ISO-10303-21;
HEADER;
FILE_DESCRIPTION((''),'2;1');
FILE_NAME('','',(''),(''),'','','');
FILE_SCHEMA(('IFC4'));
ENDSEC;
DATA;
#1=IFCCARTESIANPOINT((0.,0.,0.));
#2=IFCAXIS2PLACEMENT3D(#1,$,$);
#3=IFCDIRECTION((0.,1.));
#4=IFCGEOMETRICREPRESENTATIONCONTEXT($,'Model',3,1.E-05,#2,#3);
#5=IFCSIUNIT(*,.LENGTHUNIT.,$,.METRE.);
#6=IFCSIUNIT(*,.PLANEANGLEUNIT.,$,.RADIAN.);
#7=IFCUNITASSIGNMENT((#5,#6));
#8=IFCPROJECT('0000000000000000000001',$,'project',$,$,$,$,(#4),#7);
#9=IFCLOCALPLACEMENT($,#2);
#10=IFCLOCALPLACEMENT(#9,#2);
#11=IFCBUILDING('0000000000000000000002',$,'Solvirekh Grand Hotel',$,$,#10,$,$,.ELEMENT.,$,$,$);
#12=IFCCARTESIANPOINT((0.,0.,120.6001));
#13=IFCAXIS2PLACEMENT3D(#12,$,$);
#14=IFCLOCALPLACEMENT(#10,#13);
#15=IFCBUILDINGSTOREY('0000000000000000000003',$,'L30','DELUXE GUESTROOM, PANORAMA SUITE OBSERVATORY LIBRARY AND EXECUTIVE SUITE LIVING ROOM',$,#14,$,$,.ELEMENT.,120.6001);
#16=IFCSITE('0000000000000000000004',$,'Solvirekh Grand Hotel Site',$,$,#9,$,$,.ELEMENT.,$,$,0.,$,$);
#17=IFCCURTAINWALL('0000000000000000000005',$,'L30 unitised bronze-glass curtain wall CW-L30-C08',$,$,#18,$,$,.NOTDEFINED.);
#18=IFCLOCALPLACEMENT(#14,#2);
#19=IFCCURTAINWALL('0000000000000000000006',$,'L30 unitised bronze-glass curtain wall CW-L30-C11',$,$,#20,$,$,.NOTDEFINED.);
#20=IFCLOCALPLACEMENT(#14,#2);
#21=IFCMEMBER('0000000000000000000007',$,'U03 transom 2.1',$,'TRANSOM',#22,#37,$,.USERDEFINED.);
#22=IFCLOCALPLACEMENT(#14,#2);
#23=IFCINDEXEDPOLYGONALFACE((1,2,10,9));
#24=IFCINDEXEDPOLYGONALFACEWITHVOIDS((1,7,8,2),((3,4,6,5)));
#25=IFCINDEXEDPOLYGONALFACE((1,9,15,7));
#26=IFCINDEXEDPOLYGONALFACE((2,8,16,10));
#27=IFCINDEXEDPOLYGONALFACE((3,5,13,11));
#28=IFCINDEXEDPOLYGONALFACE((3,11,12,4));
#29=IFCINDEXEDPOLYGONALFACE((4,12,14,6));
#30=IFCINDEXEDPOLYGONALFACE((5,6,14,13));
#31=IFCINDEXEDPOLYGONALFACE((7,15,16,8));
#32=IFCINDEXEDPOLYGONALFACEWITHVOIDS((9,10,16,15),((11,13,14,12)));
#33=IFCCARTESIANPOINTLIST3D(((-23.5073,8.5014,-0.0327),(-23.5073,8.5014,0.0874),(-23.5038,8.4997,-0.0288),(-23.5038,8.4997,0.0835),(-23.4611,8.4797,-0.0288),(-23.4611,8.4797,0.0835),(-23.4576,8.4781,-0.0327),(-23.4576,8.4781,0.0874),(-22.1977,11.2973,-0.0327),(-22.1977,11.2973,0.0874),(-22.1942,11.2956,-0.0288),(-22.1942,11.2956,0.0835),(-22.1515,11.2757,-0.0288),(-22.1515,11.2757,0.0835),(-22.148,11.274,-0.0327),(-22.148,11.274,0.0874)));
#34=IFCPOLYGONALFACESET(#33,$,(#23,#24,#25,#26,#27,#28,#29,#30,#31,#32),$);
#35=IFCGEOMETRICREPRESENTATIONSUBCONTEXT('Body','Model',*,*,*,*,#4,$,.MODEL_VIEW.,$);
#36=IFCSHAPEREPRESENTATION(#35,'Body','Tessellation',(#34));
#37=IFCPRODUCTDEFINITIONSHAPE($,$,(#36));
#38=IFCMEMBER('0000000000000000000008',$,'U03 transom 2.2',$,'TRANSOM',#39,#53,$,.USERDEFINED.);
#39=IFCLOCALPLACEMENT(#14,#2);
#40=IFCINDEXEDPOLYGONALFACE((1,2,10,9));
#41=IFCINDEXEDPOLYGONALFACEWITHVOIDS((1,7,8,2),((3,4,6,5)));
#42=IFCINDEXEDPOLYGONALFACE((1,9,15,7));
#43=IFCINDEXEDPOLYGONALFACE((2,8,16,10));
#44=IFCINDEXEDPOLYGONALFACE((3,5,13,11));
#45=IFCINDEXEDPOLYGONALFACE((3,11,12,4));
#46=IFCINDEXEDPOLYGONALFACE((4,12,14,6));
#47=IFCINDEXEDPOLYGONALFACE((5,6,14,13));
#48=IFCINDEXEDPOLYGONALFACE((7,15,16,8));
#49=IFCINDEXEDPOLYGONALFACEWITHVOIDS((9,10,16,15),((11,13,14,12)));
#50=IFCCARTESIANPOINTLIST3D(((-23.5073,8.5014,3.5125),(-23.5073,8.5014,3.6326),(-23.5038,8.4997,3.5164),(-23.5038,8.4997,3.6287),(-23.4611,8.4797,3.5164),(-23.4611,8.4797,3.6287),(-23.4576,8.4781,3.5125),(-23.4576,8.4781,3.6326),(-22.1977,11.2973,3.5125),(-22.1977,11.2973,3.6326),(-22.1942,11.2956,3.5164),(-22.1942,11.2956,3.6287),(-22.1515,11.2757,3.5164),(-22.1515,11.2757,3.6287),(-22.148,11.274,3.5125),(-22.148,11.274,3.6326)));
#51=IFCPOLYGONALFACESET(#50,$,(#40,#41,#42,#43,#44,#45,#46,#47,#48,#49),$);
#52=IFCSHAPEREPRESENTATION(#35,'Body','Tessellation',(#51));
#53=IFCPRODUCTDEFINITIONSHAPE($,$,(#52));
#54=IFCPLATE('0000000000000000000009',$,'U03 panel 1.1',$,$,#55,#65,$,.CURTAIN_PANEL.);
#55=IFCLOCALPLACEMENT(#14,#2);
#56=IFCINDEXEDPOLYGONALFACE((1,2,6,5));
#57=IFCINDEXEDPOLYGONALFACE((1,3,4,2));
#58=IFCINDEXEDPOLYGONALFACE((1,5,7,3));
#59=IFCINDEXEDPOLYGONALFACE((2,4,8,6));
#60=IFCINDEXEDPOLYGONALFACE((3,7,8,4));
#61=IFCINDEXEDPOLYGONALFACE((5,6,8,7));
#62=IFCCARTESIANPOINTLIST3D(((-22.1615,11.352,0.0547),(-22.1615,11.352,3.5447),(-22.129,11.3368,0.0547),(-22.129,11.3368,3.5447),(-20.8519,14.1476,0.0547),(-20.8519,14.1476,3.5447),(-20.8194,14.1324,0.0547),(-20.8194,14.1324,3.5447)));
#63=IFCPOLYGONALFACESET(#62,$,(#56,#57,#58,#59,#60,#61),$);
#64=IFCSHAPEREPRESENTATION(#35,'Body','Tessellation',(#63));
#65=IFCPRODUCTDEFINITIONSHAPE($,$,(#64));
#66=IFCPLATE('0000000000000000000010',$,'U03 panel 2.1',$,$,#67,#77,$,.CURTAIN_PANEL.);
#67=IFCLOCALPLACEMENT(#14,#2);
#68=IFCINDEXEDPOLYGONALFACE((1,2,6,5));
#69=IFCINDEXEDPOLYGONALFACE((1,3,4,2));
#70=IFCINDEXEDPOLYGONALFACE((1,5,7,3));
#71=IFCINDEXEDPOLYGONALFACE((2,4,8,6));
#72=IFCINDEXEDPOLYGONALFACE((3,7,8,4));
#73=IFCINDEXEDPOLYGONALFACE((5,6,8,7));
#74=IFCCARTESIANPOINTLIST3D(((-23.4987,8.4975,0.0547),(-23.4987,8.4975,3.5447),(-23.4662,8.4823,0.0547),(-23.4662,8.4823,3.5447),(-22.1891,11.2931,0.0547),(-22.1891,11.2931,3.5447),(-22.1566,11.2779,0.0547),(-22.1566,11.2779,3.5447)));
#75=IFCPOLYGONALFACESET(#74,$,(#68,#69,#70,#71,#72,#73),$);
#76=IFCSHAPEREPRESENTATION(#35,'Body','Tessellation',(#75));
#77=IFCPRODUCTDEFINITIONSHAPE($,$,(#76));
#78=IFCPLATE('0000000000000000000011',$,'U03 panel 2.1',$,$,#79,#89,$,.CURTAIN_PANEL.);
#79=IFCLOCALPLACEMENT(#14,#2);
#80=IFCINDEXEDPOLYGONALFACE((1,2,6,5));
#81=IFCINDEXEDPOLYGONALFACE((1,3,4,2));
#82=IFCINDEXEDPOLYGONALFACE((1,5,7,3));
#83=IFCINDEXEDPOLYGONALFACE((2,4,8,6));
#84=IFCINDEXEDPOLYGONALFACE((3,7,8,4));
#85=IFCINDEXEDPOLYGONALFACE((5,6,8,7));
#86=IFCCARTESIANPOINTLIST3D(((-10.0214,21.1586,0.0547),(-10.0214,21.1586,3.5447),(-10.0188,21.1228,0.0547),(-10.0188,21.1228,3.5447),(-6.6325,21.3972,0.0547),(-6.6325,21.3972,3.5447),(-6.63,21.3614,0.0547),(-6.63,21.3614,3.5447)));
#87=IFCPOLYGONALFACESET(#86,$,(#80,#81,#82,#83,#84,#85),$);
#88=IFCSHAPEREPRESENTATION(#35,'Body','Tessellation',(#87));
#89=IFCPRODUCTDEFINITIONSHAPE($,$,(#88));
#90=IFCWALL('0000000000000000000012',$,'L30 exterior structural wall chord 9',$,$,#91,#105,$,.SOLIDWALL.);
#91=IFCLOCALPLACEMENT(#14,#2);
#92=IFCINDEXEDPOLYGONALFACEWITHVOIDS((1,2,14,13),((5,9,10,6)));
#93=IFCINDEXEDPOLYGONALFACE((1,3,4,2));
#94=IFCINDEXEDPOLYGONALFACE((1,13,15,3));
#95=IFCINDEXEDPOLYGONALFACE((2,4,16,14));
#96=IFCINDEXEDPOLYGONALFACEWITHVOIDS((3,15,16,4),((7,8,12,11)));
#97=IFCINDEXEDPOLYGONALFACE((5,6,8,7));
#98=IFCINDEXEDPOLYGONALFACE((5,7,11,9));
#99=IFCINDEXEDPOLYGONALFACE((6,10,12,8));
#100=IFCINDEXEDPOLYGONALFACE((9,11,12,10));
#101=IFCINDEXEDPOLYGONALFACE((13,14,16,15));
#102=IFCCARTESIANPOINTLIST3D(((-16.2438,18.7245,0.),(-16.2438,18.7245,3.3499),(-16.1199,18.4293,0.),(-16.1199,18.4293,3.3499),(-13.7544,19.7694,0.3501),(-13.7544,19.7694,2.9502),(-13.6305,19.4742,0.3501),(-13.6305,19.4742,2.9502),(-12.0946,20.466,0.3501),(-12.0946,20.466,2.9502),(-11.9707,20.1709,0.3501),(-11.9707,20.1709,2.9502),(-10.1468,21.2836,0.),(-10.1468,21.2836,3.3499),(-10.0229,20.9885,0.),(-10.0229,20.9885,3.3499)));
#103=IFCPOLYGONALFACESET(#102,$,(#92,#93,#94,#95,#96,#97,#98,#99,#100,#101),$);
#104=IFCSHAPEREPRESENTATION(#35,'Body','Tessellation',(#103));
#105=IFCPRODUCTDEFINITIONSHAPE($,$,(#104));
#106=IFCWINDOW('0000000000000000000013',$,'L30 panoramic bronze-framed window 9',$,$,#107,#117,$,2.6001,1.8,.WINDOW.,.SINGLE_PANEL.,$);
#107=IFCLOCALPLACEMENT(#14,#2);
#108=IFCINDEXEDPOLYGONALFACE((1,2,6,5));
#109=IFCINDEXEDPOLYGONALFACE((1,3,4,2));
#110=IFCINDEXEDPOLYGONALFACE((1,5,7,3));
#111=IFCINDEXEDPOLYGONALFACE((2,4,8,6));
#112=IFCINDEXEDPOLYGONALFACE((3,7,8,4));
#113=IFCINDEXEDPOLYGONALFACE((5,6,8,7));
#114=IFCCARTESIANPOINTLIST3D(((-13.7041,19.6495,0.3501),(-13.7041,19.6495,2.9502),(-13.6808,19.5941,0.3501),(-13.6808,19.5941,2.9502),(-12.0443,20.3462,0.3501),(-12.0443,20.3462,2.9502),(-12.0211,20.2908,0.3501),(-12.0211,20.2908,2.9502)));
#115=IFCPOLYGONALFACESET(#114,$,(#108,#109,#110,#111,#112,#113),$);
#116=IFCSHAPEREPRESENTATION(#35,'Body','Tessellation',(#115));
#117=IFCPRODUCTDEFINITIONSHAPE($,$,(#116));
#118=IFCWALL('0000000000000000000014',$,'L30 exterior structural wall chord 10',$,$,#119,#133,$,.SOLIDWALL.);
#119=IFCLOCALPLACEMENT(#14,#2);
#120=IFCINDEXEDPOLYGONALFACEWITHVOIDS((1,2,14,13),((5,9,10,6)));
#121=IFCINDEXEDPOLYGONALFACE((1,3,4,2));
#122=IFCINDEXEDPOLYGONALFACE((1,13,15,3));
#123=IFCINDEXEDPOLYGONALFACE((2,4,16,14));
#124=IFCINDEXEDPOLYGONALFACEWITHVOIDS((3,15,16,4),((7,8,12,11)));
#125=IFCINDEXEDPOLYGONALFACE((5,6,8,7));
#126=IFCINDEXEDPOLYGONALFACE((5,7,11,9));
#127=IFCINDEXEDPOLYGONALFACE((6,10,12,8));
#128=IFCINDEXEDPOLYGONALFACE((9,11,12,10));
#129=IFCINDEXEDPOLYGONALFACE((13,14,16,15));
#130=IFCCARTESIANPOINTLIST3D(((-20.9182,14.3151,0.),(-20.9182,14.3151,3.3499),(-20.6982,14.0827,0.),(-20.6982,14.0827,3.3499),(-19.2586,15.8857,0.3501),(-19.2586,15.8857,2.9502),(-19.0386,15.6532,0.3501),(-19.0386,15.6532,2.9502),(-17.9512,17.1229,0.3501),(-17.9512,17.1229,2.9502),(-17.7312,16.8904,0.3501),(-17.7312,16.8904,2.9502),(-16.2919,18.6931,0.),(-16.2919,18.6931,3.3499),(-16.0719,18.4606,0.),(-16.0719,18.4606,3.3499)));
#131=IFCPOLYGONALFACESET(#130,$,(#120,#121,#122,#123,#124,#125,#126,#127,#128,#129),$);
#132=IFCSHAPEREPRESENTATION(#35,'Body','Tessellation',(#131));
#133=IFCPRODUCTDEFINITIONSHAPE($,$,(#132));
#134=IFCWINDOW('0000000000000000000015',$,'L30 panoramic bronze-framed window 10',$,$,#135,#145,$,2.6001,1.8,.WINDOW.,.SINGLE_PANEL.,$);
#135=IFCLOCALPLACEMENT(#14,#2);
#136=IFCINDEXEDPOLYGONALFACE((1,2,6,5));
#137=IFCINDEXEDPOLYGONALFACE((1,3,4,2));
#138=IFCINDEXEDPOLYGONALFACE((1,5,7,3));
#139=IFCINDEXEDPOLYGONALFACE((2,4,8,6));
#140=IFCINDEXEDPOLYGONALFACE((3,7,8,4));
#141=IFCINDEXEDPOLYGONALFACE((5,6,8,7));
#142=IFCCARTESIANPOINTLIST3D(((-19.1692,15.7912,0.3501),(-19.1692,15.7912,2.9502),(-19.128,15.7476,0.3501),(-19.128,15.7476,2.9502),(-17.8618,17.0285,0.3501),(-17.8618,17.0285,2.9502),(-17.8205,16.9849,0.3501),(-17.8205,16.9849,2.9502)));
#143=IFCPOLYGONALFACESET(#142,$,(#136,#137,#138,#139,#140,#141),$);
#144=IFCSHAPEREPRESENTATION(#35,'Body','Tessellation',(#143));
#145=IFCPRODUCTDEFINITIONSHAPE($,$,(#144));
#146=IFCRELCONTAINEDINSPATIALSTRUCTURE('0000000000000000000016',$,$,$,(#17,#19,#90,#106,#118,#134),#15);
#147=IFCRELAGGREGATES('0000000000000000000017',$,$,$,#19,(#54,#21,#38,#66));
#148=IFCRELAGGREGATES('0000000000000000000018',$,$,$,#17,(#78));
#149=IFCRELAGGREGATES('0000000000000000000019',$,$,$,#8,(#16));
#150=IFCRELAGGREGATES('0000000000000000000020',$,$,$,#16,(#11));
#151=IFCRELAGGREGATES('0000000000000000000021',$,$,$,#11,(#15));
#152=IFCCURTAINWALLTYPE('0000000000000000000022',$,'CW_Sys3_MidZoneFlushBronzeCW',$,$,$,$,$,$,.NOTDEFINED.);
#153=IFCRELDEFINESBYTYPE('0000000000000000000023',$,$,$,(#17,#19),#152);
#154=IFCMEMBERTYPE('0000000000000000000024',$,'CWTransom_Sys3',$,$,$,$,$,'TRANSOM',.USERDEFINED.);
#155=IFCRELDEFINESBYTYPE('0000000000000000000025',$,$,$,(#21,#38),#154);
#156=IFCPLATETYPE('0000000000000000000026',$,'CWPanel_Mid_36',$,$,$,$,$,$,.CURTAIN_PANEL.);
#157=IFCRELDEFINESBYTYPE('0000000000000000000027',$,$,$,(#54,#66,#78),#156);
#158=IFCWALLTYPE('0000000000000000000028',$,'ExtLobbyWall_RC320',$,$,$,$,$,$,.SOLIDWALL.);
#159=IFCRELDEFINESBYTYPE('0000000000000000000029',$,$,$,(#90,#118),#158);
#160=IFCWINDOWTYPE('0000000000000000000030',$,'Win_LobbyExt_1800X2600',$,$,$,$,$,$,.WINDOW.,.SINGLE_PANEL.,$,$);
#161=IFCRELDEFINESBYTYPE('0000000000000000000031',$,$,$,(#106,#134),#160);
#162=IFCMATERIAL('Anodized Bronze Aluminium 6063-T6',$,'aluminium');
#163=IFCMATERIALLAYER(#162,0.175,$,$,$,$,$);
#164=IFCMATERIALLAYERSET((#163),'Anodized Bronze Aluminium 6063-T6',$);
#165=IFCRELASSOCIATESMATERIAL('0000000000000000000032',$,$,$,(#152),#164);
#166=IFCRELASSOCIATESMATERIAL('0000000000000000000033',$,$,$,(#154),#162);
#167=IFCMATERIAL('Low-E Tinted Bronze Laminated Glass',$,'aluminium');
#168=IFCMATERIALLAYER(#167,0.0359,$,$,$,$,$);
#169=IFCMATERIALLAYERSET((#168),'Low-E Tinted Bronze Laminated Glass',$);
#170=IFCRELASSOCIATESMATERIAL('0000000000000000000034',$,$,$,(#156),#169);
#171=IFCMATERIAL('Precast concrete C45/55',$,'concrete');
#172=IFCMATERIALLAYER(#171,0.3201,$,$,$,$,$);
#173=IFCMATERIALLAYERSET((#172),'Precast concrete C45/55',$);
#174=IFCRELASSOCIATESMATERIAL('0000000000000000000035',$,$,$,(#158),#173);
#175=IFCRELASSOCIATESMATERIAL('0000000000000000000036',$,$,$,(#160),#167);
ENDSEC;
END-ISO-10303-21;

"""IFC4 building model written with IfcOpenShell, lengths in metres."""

from ifc_helpers import new_model, si_unit, direction, frame, frame_2d, origin, origin_2d, place, context, subcontext, project, spatial, rectangle, hollow_rectangle, extrude, source, transform, mapped, material, layer, layer_set, material_profile, profile_set, type_object, element, fill, aggregate, save


model = new_model("IFC4")

# Units and contexts
model_context = context("Model", 3, precision=1e-05, world=origin(), true_north=direction((0.0, 1.0)))
body_context = subcontext(model_context, "Body", "Model", "MODEL_VIEW")
ifc_project = project(units=[si_unit("LENGTHUNIT", "METRE"), si_unit("PLANEANGLEUNIT", "RADIAN")], contexts=[model_context])

# Site, building, storey
site_placement = place(None, origin())
site = spatial("IfcSite", under=ifc_project, at=site_placement, Name="Solvirekh Grand Hotel Site", CompositionType="ELEMENT", RefElevation=0.0)
building_placement = place(site_placement, origin())
building = spatial("IfcBuilding", under=site, at=building_placement, Name="Solvirekh Grand Hotel", CompositionType="ELEMENT")
storey_placement = place(building_placement, frame((0.0, 0.0, 120.6001)))
storey = spatial("IfcBuildingStorey", under=building, at=storey_placement, Name="L30", Description="DELUXE GUESTROOM, PANORAMA SUITE OBSERVATORY LIBRARY AND EXECUTIVE SUITE LIVING ROOM", CompositionType="ELEMENT", Elevation=120.6001)

# Curtain wall
ifc_material_1 = material(Name="Anodized Bronze Aluminium 6063-T6", Category="aluminium")
ifc_layer_1 = layer(ifc_material_1, 0.175)
ifc_layer_set_1 = layer_set([ifc_layer_1], Name="Anodized Bronze Aluminium 6063-T6")
curtain_wall_type = type_object("IfcCurtainWallType", Name="CW_Sys3_MidZoneFlushBronzeCW", PredefinedType="NOTDEFINED", material=ifc_layer_set_1)
curtain_wall_1_placement = place(storey_placement, origin())
curtain_wall_1 = element("IfcCurtainWall", 1, at=curtain_wall_1_placement, inside=storey, type_object=curtain_wall_type, Name="L30 unitised bronze-glass curtain wall CW-L30-C08", PredefinedType="NOTDEFINED")

# Curtain wall, members, plates
curtain_wall_2_placement = place(storey_placement, origin())
curtain_wall_2 = element("IfcCurtainWall", 2, at=curtain_wall_2_placement, inside=storey, type_object=curtain_wall_type, Name="L30 unitised bronze-glass curtain wall CW-L30-C11", PredefinedType="NOTDEFINED")
ifc_material_profile_1 = material_profile(ifc_material_1, hollow_rectangle(XDim=0.0549, YDim=0.1201, WallThickness=0.0039, at=origin_2d()), Name="ALU RHS 120X55X4")
ifc_profile_set_1 = profile_set([ifc_material_profile_1], Name="Anodized Bronze Aluminium 6063-T6")
member_type_1 = type_object("IfcMemberType", Name="CWTransom_Sys3", ElementType="TRANSOM", PredefinedType="USERDEFINED", material=ifc_profile_set_1)
shared_shape_1 = source(origin(), body_context, "Body", "SweptSolid", [
    extrude(hollow_rectangle(XDim=0.0549, YDim=0.1201, WallThickness=0.0039, at=origin_2d()), origin(), (0.0, 0.0, 1.0), 3.0874),
])
member_1_placement = place(storey_placement, frame((-22.1729, 11.2856, 0.0273), z_axis=(-0.424166, -0.905584, 0.0), x_axis=(0.905584, -0.424166, 0.0)))
member_1 = element("IfcMember", 3, at=member_1_placement, type_object=member_type_1, Name="U03 transom 2.1", ObjectType="TRANSOM", PredefinedType="USERDEFINED", context=body_context, shape_type="MappedRepresentation", body=[
    mapped(shared_shape_1, transform((0.0, 0.0, 0.0), x_axis=(1.0, 0.0, 0.0), y_axis=(0.0, 1.0, 0.0), z_axis=(0.0, 0.0, 1.0), scale=1.0)),
])
member_2_placement = place(storey_placement, frame((-22.1729, 11.2856, 3.5725), z_axis=(-0.424166, -0.905584, 0.0), x_axis=(0.905584, -0.424166, 0.0)))
member_2 = element("IfcMember", 4, at=member_2_placement, type_object=member_type_1, Name="U03 transom 2.2", ObjectType="TRANSOM", PredefinedType="USERDEFINED", context=body_context, shape_type="MappedRepresentation", body=[
    mapped(shared_shape_1, transform((0.0, 0.0, 0.0), x_axis=(1.0, 0.0, 0.0), y_axis=(0.0, 1.0, 0.0), z_axis=(0.0, 0.0, 1.0), scale=1.0)),
])
ifc_material_2 = material(Name="Low-E Tinted Bronze Laminated Glass", Category="aluminium")
ifc_layer_2 = layer(ifc_material_2, 0.0359)
ifc_layer_set_2 = layer_set([ifc_layer_2], Name="Low-E Tinted Bronze Laminated Glass")
plate_type = type_object("IfcPlateType", Name="CWPanel_Mid_36", PredefinedType="CURTAIN_PANEL", material=ifc_layer_set_2)
shared_shape_2 = source(origin(), body_context, "Body", "SweptSolid", [
    extrude(rectangle(XDim=3.0872, YDim=0.0359, at=origin_2d()), origin(), (0.0, 0.0, 1.0), 3.49),
])
plate_1_placement = place(storey_placement, frame((-21.4905, 12.7422, 0.0547), z_axis=(0.0, 0.0, 1.0), x_axis=(-0.424209, -0.905564, 0.0)))
plate_1 = element("IfcPlate", 5, at=plate_1_placement, type_object=plate_type, Name="U03 panel 1.1", PredefinedType="CURTAIN_PANEL", context=body_context, shape_type="MappedRepresentation", body=[
    mapped(shared_shape_2, transform((0.0, 0.0, 0.0), x_axis=(1.0, 0.0, 0.0), y_axis=(0.0, 1.0, 0.0), z_axis=(0.0, 0.0, 1.0), scale=1.0)),
])
plate_2_placement = place(storey_placement, frame((-22.8276, 9.8877, 0.0547), z_axis=(0.0, 0.0, 1.0), x_axis=(-0.424209, -0.905564, 0.0)))
plate_2 = element("IfcPlate", 6, at=plate_2_placement, type_object=plate_type, Name="U03 panel 2.1", PredefinedType="CURTAIN_PANEL", context=body_context, shape_type="MappedRepresentation", body=[
    mapped(shared_shape_2, transform((0.0, 0.0, 0.0), x_axis=(1.0, 0.0, 0.0), y_axis=(0.0, 1.0, 0.0), z_axis=(0.0, 0.0, 1.0), scale=1.0)),
])
aggregate(curtain_wall_2, [plate_1, member_1, member_2, plate_2])

# Plate
shared_shape_3 = source(origin(), body_context, "Body", "SweptSolid", [
    extrude(rectangle(XDim=3.3972, YDim=0.0359, at=origin_2d()), origin(), (0.0, 0.0, 1.0), 3.49),
])
plate_3_placement = place(storey_placement, frame((-8.3257, 21.26, 0.0547), z_axis=(0.0, 0.0, 1.0), x_axis=(-0.997529, -0.070251, 0.0)))
plate_3 = element("IfcPlate", 7, at=plate_3_placement, type_object=plate_type, Name="U03 panel 2.1", PredefinedType="CURTAIN_PANEL", context=body_context, shape_type="MappedRepresentation", body=[
    mapped(shared_shape_3, transform((0.0, 0.0, 0.0), x_axis=(1.0, 0.0, 0.0), y_axis=(0.0, 1.0, 0.0), z_axis=(0.0, 0.0, 1.0), scale=1.0)),
])
aggregate(curtain_wall_1, [plate_3])

# Walls, openings, windows
ifc_material_3 = material(Name="Precast concrete C45/55", Category="concrete")
ifc_layer_3 = layer(ifc_material_3, 0.3201)
ifc_layer_set_3 = layer_set([ifc_layer_3], Name="Precast concrete C45/55")
wall_type_1 = type_object("IfcWallType", Name="ExtLobbyWall_RC320", PredefinedType="SOLIDWALL", material=ifc_layer_set_3)
wall_1_placement = place(storey_placement, frame((-16.1819, 18.5769, 0.0), z_axis=(0.0, 0.0, 1.0), x_axis=(0.92207, 0.387023, 0.0)))
wall_1 = element("IfcWall", 8, at=wall_1_placement, inside=storey, type_object=wall_type_1, Name="L30 exterior structural wall chord 9", PredefinedType="SOLIDWALL", context=body_context, shape_type="SweptSolid", body=[
    extrude(rectangle(XDim=6.6123, YDim=0.3201, at=frame_2d((3.3062, 0.0))), origin(), (0.0, 0.0, 1.0), 3.3499),
])
opening_1_placement = place(wall_1_placement, frame((2.7, 0.0, 0.3501)))
opening_1 = element("IfcOpeningElement", 9, at=opening_1_placement, cuts=wall_1, PredefinedType="OPENING", context=body_context, shape_type="SweptSolid", body=[
    extrude(rectangle(XDim=1.8, YDim=2.6001, at=frame_2d((0.8999, 1.3))), frame((0.0, 0.1699, 0.0), z_axis=(0.0, -1.0, 0.0), x_axis=(1.0, 0.0, 0.0)), (0.0, 0.0, 1.0), 0.3401),
])
window_type = type_object("IfcWindowType", Name="Win_LobbyExt_1800X2600", PartitioningType="SINGLE_PANEL", PredefinedType="WINDOW", material=ifc_material_2)
window_1_placement = place(opening_1_placement, origin())
window_1 = element("IfcWindow", 10, at=window_1_placement, inside=storey, type_object=window_type, Name="L30 panoramic bronze-framed window 9", OverallHeight=2.6001, OverallWidth=1.8, PartitioningType="SINGLE_PANEL", PredefinedType="WINDOW", context=body_context, shape_type="SweptSolid", body=[
    extrude(rectangle(XDim=1.8, YDim=2.6001, at=frame_2d((0.8999, 1.3))), frame((0.0, 0.03, 0.0), z_axis=(0.0, -1.0, 0.0), x_axis=(1.0, 0.0, 0.0)), (0.0, 0.0, 1.0), 0.0601),
])
fill(opening_1, window_1)
wall_2_placement = place(storey_placement, frame((-20.8081, 14.199, 0.0), z_axis=(0.0, 0.0, 1.0), x_axis=(0.726329, 0.687347, 0.0)))
wall_2 = element("IfcWall", 11, at=wall_2_placement, inside=storey, type_object=wall_type_1, Name="L30 exterior structural wall chord 10", PredefinedType="SOLIDWALL", context=body_context, shape_type="SweptSolid", body=[
    extrude(rectangle(XDim=6.3694, YDim=0.3201, at=frame_2d((3.1846, 0.0))), origin(), (0.0, 0.0, 1.0), 3.3499),
])
opening_2_placement = place(wall_2_placement, frame((2.2849, 0.0, 0.3501)))
opening_2 = element("IfcOpeningElement", 12, at=opening_2_placement, cuts=wall_2, PredefinedType="OPENING", context=body_context, shape_type="SweptSolid", body=[
    extrude(rectangle(XDim=1.8, YDim=2.6001, at=frame_2d((0.8999, 1.3))), frame((0.0, 0.1699, 0.0), z_axis=(0.0, -1.0, 0.0), x_axis=(1.0, 0.0, 0.0)), (0.0, 0.0, 1.0), 0.3401),
])
window_2_placement = place(opening_2_placement, origin())
window_2 = element("IfcWindow", 13, at=window_2_placement, inside=storey, type_object=window_type, Name="L30 panoramic bronze-framed window 10", OverallHeight=2.6001, OverallWidth=1.8, PartitioningType="SINGLE_PANEL", PredefinedType="WINDOW", context=body_context, shape_type="SweptSolid", body=[
    extrude(rectangle(XDim=1.8, YDim=2.6001, at=frame_2d((0.8999, 1.3))), frame((0.0, 0.03, 0.0), z_axis=(0.0, -1.0, 0.0), x_axis=(1.0, 0.0, 0.0)), (0.0, 0.0, 1.0), 0.0601),
])
fill(opening_2, window_2)

save(model, "model.ifc")
